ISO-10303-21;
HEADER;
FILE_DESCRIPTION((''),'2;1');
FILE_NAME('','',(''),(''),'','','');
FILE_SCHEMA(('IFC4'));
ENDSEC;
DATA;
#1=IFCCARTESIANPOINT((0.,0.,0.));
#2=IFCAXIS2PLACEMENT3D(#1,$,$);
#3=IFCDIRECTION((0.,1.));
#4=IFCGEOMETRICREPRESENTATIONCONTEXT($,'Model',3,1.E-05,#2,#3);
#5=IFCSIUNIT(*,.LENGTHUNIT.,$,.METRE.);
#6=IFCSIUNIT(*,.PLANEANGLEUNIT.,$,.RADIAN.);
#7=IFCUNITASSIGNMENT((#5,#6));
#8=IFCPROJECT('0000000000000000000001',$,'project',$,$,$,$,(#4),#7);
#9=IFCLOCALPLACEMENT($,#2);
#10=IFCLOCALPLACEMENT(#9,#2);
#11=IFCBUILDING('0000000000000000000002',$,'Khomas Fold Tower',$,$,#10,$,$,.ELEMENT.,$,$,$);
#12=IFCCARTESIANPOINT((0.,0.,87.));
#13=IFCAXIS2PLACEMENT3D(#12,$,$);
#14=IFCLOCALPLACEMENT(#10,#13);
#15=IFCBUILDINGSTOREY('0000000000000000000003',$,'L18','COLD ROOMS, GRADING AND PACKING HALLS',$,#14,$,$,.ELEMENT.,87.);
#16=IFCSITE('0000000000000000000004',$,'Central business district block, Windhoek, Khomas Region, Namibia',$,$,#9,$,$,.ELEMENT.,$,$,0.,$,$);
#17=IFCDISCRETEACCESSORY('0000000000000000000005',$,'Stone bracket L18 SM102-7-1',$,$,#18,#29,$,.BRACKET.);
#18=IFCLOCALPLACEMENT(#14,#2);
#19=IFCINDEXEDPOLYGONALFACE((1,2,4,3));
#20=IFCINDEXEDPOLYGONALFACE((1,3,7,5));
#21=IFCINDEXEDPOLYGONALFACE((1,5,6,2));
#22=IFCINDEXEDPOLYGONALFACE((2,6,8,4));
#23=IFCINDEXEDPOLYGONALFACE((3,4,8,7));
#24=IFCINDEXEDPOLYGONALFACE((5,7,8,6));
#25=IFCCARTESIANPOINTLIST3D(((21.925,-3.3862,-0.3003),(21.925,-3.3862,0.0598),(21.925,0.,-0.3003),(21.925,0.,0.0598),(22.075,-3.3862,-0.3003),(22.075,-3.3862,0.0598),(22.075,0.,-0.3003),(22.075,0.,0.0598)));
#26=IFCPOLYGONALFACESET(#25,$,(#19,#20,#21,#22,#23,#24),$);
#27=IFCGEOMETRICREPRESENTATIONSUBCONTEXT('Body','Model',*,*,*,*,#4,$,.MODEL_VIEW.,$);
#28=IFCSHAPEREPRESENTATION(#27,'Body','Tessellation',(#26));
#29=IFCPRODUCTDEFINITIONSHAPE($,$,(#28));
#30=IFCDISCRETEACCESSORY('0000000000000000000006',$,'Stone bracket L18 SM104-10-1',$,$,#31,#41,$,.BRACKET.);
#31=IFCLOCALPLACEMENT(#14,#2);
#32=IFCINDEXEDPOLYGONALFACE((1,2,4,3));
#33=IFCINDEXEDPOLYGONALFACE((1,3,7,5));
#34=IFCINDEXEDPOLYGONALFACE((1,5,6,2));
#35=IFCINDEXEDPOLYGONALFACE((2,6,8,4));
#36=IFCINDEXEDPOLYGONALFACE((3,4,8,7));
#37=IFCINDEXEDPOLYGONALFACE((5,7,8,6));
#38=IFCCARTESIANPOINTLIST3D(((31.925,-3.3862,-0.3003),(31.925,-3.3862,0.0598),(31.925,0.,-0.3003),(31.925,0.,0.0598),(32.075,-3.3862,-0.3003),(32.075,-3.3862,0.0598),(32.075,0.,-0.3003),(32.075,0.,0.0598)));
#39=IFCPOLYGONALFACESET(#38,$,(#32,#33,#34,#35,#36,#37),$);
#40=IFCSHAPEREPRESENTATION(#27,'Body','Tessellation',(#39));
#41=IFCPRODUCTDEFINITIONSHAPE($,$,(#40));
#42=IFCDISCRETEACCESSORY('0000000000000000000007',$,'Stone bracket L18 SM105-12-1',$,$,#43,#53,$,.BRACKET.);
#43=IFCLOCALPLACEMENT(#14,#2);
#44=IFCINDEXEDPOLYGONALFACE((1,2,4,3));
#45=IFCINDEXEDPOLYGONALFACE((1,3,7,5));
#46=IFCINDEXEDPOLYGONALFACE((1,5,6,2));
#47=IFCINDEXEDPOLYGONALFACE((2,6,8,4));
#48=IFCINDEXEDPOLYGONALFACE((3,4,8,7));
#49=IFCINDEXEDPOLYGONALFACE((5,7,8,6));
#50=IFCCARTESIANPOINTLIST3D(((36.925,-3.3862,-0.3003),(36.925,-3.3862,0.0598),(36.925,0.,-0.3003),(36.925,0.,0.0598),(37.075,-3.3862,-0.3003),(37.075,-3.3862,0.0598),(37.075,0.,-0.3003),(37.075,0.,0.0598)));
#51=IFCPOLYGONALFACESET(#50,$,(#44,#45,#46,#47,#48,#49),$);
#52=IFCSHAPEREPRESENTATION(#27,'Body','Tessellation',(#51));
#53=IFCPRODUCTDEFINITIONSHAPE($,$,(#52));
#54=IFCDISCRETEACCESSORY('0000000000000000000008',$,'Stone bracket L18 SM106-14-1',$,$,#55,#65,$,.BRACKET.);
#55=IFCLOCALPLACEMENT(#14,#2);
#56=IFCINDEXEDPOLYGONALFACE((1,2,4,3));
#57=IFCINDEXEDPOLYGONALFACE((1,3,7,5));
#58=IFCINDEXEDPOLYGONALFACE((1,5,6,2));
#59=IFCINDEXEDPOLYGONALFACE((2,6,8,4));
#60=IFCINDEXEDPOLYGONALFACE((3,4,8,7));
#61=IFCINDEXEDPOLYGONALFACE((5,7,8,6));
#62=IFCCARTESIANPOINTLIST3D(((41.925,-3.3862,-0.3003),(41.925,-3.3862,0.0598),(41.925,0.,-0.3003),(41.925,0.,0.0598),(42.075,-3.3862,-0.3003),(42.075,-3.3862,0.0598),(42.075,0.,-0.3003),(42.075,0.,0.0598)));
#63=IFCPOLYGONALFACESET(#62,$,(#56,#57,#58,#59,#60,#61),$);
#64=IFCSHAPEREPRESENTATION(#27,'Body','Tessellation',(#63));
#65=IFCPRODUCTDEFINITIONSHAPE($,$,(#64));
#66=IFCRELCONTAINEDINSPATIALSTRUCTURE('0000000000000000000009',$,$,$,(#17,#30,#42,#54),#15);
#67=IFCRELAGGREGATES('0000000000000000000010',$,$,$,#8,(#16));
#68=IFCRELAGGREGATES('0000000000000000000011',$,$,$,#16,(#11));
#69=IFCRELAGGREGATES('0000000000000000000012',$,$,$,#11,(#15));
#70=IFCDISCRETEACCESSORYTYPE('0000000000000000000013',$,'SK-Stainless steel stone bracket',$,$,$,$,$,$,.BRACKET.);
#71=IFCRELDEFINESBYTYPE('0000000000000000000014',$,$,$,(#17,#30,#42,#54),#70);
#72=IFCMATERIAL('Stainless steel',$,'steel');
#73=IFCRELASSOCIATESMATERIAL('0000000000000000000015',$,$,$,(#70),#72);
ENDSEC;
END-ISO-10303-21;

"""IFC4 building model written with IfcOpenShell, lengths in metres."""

from ifc_helpers import new_model, si_unit, direction, frame, origin, origin_2d, place, context, subcontext, project, spatial, rectangle, extrude, source, transform, mapped, material, type_object, element, save


model = new_model("IFC4")

# Units and contexts
model_context = context("Model", 3, precision=1e-05, world=origin(), true_north=direction((0.0, 1.0)))
body_context = subcontext(model_context, "Body", "Model", "MODEL_VIEW")
ifc_project = project(units=[si_unit("LENGTHUNIT", "METRE"), si_unit("PLANEANGLEUNIT", "RADIAN")], contexts=[model_context])

# Site, building, storey
site_placement = place(None, origin())
site = spatial("IfcSite", under=ifc_project, at=site_placement, Name="Central business district block, Windhoek, Khomas Region, Namibia", CompositionType="ELEMENT", RefElevation=0.0)
building_placement = place(site_placement, origin())
building = spatial("IfcBuilding", under=site, at=building_placement, Name="Khomas Fold Tower", CompositionType="ELEMENT")
storey_placement = place(building_placement, frame((0.0, 0.0, 87.0)))
storey = spatial("IfcBuildingStorey", under=building, at=storey_placement, Name="L18", Description="COLD ROOMS, GRADING AND PACKING HALLS", CompositionType="ELEMENT", Elevation=87.0)

# Discrete accessories
ifc_material_1 = material(Name="Stainless steel", Category="steel")
discrete_accessory_type = type_object("IfcDiscreteAccessoryType", Name="SK-Stainless steel stone bracket", PredefinedType="BRACKET", material=ifc_material_1)
shared_shape_1 = source(origin(), body_context, "Body", "SweptSolid", [
    extrude(rectangle(XDim=3.3862, YDim=0.1499, at=origin_2d()), origin(), (0.0, 0.0, 1.0), 0.3601),
])
for number, where, z_axis, x_axis, name in (
    (1, (22.0, -1.6931, -0.3003), (0.0, 0.0, 1.0), (0.0, -1.0, 0.0), "Stone bracket L18 SM102-7-1"),
    (2, (32.0, -1.6931, -0.3003), (0.0, 0.0, 1.0), (0.0, -1.0, 0.0), "Stone bracket L18 SM104-10-1"),
    (3, (37.0, -1.6931, -0.3003), (0.0, 0.0, 1.0), (0.0, -1.0, 0.0), "Stone bracket L18 SM105-12-1"),
    (4, (42.0, -1.6931, -0.3003), (0.0, 0.0, 1.0), (0.0, -1.0, 0.0), "Stone bracket L18 SM106-14-1"),
):
    element("IfcDiscreteAccessory", number, at=place(storey_placement, frame(where, z_axis=z_axis, x_axis=x_axis)), inside=storey, type_object=discrete_accessory_type, Name=name, PredefinedType="BRACKET", context=body_context, shape_type="MappedRepresentation", body=[
        mapped(shared_shape_1, transform((0.0, 0.0, 0.0))),
    ])

save(model, "model.ifc")
